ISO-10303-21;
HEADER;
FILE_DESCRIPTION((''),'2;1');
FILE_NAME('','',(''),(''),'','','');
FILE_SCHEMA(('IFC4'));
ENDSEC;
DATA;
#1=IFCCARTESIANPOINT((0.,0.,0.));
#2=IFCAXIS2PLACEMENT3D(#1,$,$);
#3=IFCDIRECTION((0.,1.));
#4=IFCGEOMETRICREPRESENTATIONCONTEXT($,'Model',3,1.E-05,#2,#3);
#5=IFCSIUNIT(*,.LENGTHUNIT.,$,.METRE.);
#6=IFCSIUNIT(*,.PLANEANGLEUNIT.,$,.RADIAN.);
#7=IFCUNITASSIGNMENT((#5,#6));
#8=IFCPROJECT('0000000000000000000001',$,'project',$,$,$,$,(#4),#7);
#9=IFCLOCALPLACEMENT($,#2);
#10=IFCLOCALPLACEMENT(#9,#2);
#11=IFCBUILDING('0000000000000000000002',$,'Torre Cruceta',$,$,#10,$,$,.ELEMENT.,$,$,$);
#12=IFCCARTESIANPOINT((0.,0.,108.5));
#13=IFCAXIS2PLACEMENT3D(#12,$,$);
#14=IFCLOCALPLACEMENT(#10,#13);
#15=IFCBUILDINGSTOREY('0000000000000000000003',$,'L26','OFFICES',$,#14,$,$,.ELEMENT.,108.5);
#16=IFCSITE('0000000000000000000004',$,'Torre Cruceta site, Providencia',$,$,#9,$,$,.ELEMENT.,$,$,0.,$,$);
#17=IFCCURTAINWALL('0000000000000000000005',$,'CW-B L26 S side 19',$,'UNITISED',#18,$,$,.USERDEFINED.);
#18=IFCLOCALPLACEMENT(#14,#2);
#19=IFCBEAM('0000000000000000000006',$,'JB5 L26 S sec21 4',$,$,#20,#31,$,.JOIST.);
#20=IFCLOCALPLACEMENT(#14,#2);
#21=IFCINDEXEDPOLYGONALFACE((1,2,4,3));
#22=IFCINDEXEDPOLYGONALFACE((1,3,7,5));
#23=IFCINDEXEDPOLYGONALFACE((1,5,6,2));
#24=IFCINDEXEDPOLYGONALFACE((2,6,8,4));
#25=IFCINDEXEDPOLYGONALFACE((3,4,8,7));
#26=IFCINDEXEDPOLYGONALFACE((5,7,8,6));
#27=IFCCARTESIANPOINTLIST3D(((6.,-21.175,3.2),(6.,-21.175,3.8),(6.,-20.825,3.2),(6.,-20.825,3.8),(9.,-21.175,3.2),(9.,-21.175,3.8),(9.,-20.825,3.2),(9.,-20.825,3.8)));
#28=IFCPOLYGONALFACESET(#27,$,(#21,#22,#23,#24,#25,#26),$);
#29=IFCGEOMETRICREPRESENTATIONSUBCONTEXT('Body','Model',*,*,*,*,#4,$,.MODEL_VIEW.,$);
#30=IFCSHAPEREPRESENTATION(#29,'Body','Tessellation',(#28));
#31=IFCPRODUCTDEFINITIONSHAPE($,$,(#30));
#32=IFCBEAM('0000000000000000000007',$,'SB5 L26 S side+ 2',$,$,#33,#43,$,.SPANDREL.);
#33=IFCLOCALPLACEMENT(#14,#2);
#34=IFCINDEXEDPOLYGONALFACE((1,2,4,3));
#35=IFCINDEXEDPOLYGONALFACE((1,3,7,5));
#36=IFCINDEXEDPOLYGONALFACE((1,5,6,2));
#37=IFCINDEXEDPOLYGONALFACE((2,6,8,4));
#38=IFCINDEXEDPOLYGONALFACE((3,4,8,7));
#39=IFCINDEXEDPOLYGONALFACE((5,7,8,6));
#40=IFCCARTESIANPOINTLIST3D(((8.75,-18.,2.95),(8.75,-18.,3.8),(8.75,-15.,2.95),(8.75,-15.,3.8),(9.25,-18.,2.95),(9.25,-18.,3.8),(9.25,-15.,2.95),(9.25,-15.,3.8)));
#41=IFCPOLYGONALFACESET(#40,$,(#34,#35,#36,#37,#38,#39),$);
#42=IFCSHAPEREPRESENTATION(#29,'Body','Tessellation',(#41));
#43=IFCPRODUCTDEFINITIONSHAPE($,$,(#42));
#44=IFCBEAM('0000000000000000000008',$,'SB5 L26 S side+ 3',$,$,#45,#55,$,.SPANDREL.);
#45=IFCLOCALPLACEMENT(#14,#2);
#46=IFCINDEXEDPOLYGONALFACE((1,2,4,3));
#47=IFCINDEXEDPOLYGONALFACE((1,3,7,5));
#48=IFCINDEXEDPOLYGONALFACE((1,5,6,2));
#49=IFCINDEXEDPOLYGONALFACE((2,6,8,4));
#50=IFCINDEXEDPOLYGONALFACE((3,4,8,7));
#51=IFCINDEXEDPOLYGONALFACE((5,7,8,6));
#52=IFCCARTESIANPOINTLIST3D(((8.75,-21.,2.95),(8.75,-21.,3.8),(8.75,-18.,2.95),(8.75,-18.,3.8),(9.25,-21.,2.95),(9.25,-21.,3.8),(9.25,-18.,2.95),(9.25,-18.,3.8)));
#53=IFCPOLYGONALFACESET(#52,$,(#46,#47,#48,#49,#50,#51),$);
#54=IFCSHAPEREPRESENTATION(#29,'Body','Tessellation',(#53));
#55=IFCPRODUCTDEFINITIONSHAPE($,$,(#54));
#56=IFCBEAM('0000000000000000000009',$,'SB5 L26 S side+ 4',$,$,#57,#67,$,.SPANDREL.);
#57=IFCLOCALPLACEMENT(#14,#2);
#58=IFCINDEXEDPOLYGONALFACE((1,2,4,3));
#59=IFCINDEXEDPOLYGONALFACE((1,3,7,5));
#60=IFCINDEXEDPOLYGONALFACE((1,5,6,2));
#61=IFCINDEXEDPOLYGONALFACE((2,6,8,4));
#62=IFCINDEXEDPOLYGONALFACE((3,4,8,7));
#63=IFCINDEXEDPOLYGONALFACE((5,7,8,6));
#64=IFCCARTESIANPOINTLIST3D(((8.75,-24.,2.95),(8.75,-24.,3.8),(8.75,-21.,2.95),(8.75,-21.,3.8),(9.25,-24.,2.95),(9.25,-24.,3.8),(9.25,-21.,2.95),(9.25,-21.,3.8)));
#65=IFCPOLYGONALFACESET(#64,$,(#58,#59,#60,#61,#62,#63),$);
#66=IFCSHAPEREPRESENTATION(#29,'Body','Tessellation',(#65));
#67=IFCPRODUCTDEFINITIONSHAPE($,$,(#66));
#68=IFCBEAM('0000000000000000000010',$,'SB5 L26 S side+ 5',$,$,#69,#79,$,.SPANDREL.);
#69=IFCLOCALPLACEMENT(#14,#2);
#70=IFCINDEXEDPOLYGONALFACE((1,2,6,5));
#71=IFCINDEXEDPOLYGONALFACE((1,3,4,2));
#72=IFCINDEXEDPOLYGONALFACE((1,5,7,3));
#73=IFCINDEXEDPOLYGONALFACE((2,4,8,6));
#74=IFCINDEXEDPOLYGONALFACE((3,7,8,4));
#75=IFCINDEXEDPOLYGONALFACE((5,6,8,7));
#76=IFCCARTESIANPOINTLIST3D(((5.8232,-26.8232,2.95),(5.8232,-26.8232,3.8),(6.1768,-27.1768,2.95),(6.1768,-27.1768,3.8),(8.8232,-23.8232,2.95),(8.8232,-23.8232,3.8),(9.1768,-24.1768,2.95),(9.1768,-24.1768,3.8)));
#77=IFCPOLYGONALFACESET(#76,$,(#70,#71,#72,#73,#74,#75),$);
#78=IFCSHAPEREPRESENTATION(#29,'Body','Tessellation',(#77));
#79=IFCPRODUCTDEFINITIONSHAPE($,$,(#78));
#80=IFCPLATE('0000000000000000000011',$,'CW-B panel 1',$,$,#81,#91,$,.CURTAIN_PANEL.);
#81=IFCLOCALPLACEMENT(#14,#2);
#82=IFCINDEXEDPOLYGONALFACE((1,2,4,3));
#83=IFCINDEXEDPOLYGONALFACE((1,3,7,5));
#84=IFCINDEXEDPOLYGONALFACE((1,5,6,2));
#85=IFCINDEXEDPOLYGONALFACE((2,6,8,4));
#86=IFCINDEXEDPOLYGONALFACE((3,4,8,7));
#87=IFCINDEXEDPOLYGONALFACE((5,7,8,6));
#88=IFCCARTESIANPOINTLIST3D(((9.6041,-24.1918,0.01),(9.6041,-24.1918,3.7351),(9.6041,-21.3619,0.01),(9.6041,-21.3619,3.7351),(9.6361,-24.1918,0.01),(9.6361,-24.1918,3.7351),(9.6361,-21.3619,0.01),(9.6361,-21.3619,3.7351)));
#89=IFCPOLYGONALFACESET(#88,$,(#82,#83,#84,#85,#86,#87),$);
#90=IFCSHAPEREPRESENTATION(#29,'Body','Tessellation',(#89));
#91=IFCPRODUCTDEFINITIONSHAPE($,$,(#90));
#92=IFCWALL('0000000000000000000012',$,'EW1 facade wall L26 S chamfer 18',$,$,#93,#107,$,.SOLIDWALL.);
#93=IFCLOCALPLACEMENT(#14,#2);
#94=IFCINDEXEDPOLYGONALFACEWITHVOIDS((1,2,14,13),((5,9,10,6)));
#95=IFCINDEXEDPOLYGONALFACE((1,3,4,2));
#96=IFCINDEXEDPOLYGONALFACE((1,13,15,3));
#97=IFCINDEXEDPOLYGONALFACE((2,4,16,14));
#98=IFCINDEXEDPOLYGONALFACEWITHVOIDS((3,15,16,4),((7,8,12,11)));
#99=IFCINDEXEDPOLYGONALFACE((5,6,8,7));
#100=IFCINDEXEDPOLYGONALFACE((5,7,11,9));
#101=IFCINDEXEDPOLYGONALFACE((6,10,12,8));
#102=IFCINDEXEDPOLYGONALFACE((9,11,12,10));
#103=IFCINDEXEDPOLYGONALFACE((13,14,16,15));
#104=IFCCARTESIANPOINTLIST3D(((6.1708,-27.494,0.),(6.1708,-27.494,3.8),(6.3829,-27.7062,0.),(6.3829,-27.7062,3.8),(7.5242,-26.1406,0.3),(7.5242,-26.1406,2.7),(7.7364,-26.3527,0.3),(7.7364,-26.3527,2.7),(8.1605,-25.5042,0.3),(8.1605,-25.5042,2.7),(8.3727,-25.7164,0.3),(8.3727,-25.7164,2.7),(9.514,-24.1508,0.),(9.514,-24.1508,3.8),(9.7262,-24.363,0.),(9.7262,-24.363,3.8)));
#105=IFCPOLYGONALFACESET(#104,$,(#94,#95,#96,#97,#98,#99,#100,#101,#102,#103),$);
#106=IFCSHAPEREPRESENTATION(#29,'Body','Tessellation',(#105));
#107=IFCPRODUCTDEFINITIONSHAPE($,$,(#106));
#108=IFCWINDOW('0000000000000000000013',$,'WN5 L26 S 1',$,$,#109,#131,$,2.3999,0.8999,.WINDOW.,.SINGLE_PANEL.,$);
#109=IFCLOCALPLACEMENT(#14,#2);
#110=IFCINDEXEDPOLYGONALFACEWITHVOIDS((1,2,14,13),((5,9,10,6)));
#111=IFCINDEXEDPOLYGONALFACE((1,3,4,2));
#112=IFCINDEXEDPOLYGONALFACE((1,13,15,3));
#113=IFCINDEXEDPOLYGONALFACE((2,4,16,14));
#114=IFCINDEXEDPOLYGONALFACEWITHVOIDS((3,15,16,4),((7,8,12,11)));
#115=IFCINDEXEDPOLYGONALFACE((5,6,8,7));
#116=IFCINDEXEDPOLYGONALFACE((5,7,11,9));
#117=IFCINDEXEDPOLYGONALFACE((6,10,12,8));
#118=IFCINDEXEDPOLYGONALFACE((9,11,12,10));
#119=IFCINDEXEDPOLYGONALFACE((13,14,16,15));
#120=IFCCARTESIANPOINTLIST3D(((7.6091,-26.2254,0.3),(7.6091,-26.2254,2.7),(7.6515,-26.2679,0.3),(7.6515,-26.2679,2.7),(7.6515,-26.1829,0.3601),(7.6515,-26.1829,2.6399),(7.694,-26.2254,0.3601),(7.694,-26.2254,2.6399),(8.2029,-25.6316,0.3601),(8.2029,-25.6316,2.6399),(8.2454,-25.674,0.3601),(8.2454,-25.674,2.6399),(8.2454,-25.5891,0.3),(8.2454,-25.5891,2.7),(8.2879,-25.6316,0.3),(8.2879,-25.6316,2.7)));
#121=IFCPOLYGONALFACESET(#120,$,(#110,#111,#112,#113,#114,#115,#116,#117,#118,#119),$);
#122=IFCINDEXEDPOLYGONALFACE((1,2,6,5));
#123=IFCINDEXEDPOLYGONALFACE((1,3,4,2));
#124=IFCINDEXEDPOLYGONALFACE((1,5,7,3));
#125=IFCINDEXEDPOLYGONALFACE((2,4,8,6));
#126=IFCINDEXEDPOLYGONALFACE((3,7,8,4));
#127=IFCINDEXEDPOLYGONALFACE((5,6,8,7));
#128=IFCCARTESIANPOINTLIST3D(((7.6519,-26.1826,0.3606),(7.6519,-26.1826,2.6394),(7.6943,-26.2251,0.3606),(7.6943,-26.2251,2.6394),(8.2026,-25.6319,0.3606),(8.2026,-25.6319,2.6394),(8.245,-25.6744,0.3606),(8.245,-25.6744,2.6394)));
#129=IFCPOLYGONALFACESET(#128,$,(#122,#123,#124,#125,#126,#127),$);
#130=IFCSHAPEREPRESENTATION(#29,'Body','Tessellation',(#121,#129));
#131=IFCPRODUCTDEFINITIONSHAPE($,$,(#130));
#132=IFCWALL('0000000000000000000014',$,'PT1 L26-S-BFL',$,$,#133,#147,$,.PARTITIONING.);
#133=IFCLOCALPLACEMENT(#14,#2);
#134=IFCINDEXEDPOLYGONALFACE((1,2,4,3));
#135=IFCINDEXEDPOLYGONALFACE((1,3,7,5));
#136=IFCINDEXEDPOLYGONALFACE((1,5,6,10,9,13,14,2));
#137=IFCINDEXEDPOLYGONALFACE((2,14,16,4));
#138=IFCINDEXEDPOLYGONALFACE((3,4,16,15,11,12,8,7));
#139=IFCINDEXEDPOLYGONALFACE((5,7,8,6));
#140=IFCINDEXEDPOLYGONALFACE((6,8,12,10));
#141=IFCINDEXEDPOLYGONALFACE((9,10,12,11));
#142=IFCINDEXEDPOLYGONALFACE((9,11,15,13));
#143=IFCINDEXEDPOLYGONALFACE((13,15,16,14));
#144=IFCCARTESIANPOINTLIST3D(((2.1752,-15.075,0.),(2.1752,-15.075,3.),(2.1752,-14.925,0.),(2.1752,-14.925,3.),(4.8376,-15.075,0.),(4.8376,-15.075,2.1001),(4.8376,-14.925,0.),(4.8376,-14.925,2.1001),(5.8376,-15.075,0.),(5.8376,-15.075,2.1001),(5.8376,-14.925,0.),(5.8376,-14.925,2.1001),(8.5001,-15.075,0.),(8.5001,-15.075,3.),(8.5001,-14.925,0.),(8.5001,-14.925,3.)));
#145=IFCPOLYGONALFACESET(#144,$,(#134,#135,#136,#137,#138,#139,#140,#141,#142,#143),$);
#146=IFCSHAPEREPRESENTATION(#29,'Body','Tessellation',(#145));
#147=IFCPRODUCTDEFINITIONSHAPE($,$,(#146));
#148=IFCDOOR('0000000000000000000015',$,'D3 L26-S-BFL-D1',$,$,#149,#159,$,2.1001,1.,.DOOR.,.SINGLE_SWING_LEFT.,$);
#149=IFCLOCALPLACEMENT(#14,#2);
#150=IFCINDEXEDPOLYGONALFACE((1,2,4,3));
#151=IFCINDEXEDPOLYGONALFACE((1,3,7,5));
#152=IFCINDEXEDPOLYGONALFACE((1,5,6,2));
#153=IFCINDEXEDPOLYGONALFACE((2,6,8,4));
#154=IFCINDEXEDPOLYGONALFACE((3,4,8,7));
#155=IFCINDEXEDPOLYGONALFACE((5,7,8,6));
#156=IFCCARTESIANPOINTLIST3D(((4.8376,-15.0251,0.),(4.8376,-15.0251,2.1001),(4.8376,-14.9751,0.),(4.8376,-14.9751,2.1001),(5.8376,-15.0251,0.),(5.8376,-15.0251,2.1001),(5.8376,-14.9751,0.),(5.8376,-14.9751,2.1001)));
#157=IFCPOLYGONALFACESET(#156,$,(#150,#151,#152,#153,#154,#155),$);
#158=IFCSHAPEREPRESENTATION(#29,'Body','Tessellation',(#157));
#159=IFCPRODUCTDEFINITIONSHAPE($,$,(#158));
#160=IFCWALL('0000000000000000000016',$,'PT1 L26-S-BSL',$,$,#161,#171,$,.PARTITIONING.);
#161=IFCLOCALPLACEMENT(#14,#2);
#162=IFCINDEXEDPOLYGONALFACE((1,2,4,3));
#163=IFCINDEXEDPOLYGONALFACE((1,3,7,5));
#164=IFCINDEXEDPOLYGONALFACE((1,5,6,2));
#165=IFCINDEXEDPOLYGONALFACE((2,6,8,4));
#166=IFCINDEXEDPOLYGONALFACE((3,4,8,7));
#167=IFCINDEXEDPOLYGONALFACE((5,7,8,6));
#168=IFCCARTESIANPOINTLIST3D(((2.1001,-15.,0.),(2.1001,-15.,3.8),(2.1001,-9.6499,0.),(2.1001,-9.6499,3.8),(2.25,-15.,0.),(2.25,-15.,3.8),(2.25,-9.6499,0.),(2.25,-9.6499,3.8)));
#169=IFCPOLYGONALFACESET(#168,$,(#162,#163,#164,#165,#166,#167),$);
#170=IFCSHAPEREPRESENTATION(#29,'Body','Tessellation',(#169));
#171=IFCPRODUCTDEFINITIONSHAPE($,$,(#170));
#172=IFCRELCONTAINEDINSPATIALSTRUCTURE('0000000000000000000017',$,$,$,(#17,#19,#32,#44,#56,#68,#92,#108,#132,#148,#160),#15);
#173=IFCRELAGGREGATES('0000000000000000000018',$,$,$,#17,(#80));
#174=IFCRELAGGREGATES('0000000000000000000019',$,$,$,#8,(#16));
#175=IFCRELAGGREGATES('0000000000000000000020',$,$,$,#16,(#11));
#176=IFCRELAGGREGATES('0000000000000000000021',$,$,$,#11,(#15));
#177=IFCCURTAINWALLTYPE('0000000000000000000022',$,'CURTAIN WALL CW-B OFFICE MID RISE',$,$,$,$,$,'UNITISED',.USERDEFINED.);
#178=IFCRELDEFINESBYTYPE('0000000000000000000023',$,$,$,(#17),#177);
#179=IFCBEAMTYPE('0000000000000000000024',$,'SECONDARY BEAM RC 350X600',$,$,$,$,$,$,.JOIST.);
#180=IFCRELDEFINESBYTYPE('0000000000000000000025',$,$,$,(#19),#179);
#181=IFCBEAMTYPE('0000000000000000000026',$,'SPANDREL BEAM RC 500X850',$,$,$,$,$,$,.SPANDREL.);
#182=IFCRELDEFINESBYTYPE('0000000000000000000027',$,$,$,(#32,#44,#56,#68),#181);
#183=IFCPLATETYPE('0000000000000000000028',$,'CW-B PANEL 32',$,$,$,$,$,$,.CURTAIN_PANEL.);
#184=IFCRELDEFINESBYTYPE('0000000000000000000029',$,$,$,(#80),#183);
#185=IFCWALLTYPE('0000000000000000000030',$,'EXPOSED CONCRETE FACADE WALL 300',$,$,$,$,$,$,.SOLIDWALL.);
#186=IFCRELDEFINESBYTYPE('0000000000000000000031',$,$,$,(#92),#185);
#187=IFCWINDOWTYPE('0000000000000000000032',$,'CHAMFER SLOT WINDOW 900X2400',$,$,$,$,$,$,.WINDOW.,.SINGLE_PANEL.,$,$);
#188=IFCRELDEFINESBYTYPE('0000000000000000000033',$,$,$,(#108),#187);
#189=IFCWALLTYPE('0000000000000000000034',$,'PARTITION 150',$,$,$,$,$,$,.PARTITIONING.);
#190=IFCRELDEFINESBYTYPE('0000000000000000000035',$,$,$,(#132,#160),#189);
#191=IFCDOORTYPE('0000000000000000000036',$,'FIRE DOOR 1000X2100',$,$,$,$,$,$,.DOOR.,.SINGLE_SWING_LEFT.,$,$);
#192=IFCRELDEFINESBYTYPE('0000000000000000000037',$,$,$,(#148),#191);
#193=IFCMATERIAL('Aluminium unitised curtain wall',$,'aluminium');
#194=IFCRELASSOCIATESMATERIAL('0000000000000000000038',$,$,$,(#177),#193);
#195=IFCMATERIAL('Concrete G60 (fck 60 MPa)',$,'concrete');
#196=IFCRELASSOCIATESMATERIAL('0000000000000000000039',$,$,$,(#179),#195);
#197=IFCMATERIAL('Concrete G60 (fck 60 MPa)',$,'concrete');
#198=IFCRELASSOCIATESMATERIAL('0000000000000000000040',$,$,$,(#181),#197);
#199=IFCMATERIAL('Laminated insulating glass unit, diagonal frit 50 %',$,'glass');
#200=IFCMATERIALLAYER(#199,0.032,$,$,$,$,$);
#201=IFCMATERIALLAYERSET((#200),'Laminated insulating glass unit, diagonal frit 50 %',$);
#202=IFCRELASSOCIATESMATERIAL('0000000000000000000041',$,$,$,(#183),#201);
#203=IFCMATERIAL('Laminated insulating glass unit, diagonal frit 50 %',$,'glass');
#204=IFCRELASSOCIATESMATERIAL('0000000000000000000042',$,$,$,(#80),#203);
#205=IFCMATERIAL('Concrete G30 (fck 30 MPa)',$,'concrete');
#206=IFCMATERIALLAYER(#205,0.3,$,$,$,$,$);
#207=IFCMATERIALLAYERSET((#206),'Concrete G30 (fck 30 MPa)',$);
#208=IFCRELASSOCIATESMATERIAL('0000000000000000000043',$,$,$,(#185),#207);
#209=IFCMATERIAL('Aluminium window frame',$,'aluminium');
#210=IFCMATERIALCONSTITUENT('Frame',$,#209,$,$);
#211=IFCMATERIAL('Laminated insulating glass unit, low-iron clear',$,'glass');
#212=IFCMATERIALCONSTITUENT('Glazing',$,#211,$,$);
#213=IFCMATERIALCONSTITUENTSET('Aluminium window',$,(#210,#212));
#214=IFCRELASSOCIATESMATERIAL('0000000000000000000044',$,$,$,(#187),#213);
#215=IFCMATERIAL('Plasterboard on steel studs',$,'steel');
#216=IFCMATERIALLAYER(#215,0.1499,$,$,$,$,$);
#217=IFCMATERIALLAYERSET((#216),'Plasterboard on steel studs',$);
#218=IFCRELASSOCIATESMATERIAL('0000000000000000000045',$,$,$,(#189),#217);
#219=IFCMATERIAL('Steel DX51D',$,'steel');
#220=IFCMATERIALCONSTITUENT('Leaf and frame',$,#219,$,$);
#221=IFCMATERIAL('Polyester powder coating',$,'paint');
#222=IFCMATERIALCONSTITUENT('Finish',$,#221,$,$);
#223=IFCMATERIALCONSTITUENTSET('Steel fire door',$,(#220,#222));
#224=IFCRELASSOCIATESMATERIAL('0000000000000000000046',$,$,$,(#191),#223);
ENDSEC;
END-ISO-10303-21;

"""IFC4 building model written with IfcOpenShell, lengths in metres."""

from ifc_helpers import new_model, si_unit, direction, frame, frame_2d, origin, origin_2d, place, context, subcontext, project, spatial, rectangle, hollow_rectangle, extrude, material, layer, layer_set, constituent, constituent_set, material_profile, profile_set, type_object, element, fill, aggregate, save


model = new_model("IFC4")

# Units and contexts
model_context = context("Model", 3, precision=1e-05, world=origin(), true_north=direction((0.0, 1.0)))
body_context = subcontext(model_context, "Body", "Model", "MODEL_VIEW")
ifc_project = project(units=[si_unit("LENGTHUNIT", "METRE"), si_unit("PLANEANGLEUNIT", "RADIAN")], contexts=[model_context])

# Site, building, storey
site_placement = place(None, origin())
site = spatial("IfcSite", under=ifc_project, at=site_placement, Name="Torre Cruceta site, Providencia", CompositionType="ELEMENT", RefElevation=0.0)
building_placement = place(site_placement, origin())
building = spatial("IfcBuilding", under=site, at=building_placement, Name="Torre Cruceta", CompositionType="ELEMENT")
storey_placement = place(building_placement, frame((0.0, 0.0, 108.5)))
storey = spatial("IfcBuildingStorey", under=building, at=storey_placement, Name="L26", Description="OFFICES", CompositionType="ELEMENT", Elevation=108.5)

# Curtain wall
ifc_material_1 = material(Name="Aluminium unitised curtain wall", Category="aluminium")
curtain_wall_type = type_object("IfcCurtainWallType", Name="CURTAIN WALL CW-B OFFICE MID RISE", ElementType="UNITISED", PredefinedType="USERDEFINED", material=ifc_material_1)
curtain_wall_placement = place(storey_placement, origin())
curtain_wall = element("IfcCurtainWall", 1, at=curtain_wall_placement, inside=storey, type_object=curtain_wall_type, Name="CW-B L26 S side 19", ObjectType="UNITISED", PredefinedType="USERDEFINED")

# Beams
ifc_material_2 = material(Name="Concrete G60 (fck 60 MPa)", Category="concrete")
ifc_material_profile_1 = material_profile(ifc_material_2, rectangle(XDim=0.3501, YDim=0.6001, at=origin_2d()), Name="RC 350X600")
ifc_profile_set_1 = profile_set([ifc_material_profile_1], Name="Concrete G60 (fck 60 MPa)")
beam_type_1 = type_object("IfcBeamType", Name="SECONDARY BEAM RC 350X600", PredefinedType="JOIST", material=ifc_profile_set_1)
beam_1_placement = place(storey_placement, frame((6.0, -21.0, 3.5), z_axis=(1.0, 0.0, 0.0), x_axis=(0.0, 1.0, 0.0)))
element("IfcBeam", 2, at=beam_1_placement, inside=storey, type_object=beam_type_1, Name="JB5 L26 S sec21 4", PredefinedType="JOIST", context=body_context, shape_type="SweptSolid", body=[
    extrude(rectangle(XDim=0.3501, YDim=0.6001, at=origin_2d()), origin(), (0.0, 0.0, 1.0), 3.0),
])
ifc_material_3 = material(Name="Concrete G60 (fck 60 MPa)", Category="concrete")
ifc_material_profile_2 = material_profile(ifc_material_3, rectangle(XDim=0.5, YDim=0.8501, at=origin_2d()), Name="RC 500X850")
ifc_profile_set_2 = profile_set([ifc_material_profile_2], Name="Concrete G60 (fck 60 MPa)")
beam_type_2 = type_object("IfcBeamType", Name="SPANDREL BEAM RC 500X850", PredefinedType="SPANDREL", material=ifc_profile_set_2)
for number, where, z_axis, x_axis, name in (
    (3, (9.0, -15.0, 3.375), (0.0, -1.0, 0.0), (1.0, 0.0, 0.0), "SB5 L26 S side+ 2"),
    (4, (9.0, -18.0, 3.375), (0.0, -1.0, 0.0), (1.0, 0.0, 0.0), "SB5 L26 S side+ 3"),
    (5, (9.0, -21.0, 3.375), (0.0, -1.0, 0.0), (1.0, 0.0, 0.0), "SB5 L26 S side+ 4"),
):
    element("IfcBeam", number, at=place(storey_placement, frame(where, z_axis=z_axis, x_axis=x_axis)), inside=storey, type_object=beam_type_2, Name=name, PredefinedType="SPANDREL", context=body_context, shape_type="SweptSolid", body=[
        extrude(rectangle(XDim=0.5, YDim=0.8501, at=origin_2d()), origin(), (0.0, 0.0, 1.0), 3.0),
    ])
beam_2_placement = place(storey_placement, frame((9.0, -24.0, 3.375), z_axis=(-0.707107, -0.707107, 0.0), x_axis=(0.707107, -0.707107, 0.0)))
element("IfcBeam", 6, at=beam_2_placement, inside=storey, type_object=beam_type_2, Name="SB5 L26 S side+ 5", PredefinedType="SPANDREL", context=body_context, shape_type="SweptSolid", body=[
    extrude(rectangle(XDim=0.5, YDim=0.8501, at=origin_2d()), origin(), (0.0, 0.0, 1.0), 4.2427),
])

# Plate
ifc_material_4 = material(Name="Laminated insulating glass unit, diagonal frit 50 %", Category="glass")
ifc_material_5 = material(Name="Laminated insulating glass unit, diagonal frit 50 %", Category="glass")
ifc_layer_1 = layer(ifc_material_5, 0.032)
ifc_layer_set_1 = layer_set([ifc_layer_1], Name="Laminated insulating glass unit, diagonal frit 50 %")
plate_type = type_object("IfcPlateType", Name="CW-B PANEL 32", PredefinedType="CURTAIN_PANEL", material=ifc_layer_set_1)
plate_placement = place(storey_placement, frame((9.6201, -22.7769, 0.01), z_axis=(0.0, 0.0, 1.0), x_axis=(0.0, 1.0, 0.0)))
plate = element("IfcPlate", 7, at=plate_placement, type_object=plate_type, material=ifc_material_4, Name="CW-B panel 1", PredefinedType="CURTAIN_PANEL", context=body_context, shape_type="SweptSolid", body=[
    extrude(rectangle(XDim=2.8298, YDim=0.032, at=origin_2d()), origin(), (0.0, 0.0, 1.0), 3.7251),
])
aggregate(curtain_wall, [plate])

# Wall, opening, window
ifc_material_6 = material(Name="Concrete G30 (fck 30 MPa)", Category="concrete")
ifc_layer_2 = layer(ifc_material_6, 0.3)
ifc_layer_set_2 = layer_set([ifc_layer_2], Name="Concrete G30 (fck 30 MPa)")
wall_type_1 = type_object("IfcWallType", Name="EXPOSED CONCRETE FACADE WALL 300", PredefinedType="SOLIDWALL", material=ifc_layer_set_2)
wall_1_placement = place(storey_placement, frame((6.2769, -27.6001, 0.0), z_axis=(0.0, 0.0, 1.0), x_axis=(0.707107, 0.707107, 0.0)))
wall_1 = element("IfcWall", 8, at=wall_1_placement, inside=storey, type_object=wall_type_1, Name="EW1 facade wall L26 S chamfer 18", PredefinedType="SOLIDWALL", context=body_context, shape_type="SweptSolid", body=[
    extrude(rectangle(XDim=4.728, YDim=0.3, at=frame_2d((2.364, 0.0))), origin(), (0.0, 0.0, 1.0), 3.8),
])
opening_1_placement = place(wall_1_placement, frame((1.9141, 0.0, 0.3)))
opening_1 = element("IfcOpeningElement", 9, at=opening_1_placement, cuts=wall_1, PredefinedType="OPENING", context=body_context, shape_type="SweptSolid", body=[
    extrude(rectangle(XDim=0.8999, YDim=2.3999, at=frame_2d((0.45, 1.2))), frame((0.0, 0.1599, 0.0), z_axis=(0.0, -1.0, 0.0), x_axis=(1.0, 0.0, 0.0)), (0.0, 0.0, 1.0), 0.3201),
])
ifc_material_7 = material(Name="Aluminium window frame", Category="aluminium")
ifc_constituent_1 = constituent(ifc_material_7, Name="Frame")
ifc_material_8 = material(Name="Laminated insulating glass unit, low-iron clear", Category="glass")
ifc_constituent_2 = constituent(ifc_material_8, Name="Glazing")
ifc_constituent_set_1 = constituent_set(constituents=[ifc_constituent_1, ifc_constituent_2], Name="Aluminium window")
window_type = type_object("IfcWindowType", Name="CHAMFER SLOT WINDOW 900X2400", PartitioningType="SINGLE_PANEL", PredefinedType="WINDOW", material=ifc_constituent_set_1)
window_placement = place(opening_1_placement, origin())
window = element("IfcWindow", 10, at=window_placement, inside=storey, type_object=window_type, Name="WN5 L26 S 1", OverallHeight=2.3999, OverallWidth=0.8999, PartitioningType="SINGLE_PANEL", PredefinedType="WINDOW", context=body_context, shape_type="SweptSolid", body=[
    extrude(hollow_rectangle(XDim=0.8999, YDim=2.3999, WallThickness=0.0601, at=frame_2d((0.45, 1.2))), frame((0.0, 0.03, 0.0), z_axis=(0.0, -1.0, 0.0), x_axis=(1.0, 0.0, 0.0)), (0.0, 0.0, 1.0), 0.0601),
    extrude(rectangle(XDim=0.7788, YDim=2.2788, at=frame_2d((0.45, 1.2))), frame((0.0, 0.03, 0.0), z_axis=(0.0, -1.0, 0.0), x_axis=(1.0, 0.0, 0.0)), (0.0, 0.0, 1.0), 0.0601),
])
fill(opening_1, window)

# Wall, opening, door
ifc_material_9 = material(Name="Plasterboard on steel studs", Category="steel")
ifc_layer_3 = layer(ifc_material_9, 0.1499)
ifc_layer_set_3 = layer_set([ifc_layer_3], Name="Plasterboard on steel studs")
wall_type_2 = type_object("IfcWallType", Name="PARTITION 150", PredefinedType="PARTITIONING", material=ifc_layer_set_3)
wall_2_placement = place(storey_placement, frame((2.175, -15.0, 0.0), z_axis=(0.0, 0.0, 1.0), x_axis=(1.0, 0.0, 0.0)))
wall_2 = element("IfcWall", 11, at=wall_2_placement, inside=storey, type_object=wall_type_2, Name="PT1 L26-S-BFL", PredefinedType="PARTITIONING", context=body_context, shape_type="SweptSolid", body=[
    extrude(rectangle(XDim=6.325, YDim=0.1499, at=frame_2d((3.1626, 0.0))), origin(), (0.0, 0.0, 1.0), 3.0),
])
opening_2_placement = place(wall_2_placement, frame((2.6626, 0.0, 0.0)))
opening_2 = element("IfcOpeningElement", 12, at=opening_2_placement, cuts=wall_2, PredefinedType="OPENING", context=body_context, shape_type="SweptSolid", body=[
    extrude(rectangle(XDim=1.0, YDim=2.1001, at=frame_2d((0.5, 1.05))), frame((0.0, 0.085, 0.0), z_axis=(0.0, -1.0, 0.0), x_axis=(1.0, 0.0, 0.0)), (0.0, 0.0, 1.0), 0.1699),
])
ifc_material_10 = material(Name="Steel DX51D", Category="steel")
ifc_constituent_3 = constituent(ifc_material_10, Name="Leaf and frame")
ifc_material_11 = material(Name="Polyester powder coating", Category="paint")
ifc_constituent_4 = constituent(ifc_material_11, Name="Finish")
ifc_constituent_set_2 = constituent_set(constituents=[ifc_constituent_3, ifc_constituent_4], Name="Steel fire door")
door_type = type_object("IfcDoorType", Name="FIRE DOOR 1000X2100", OperationType="SINGLE_SWING_LEFT", PredefinedType="DOOR", material=ifc_constituent_set_2)
door_placement = place(opening_2_placement, origin())
door = element("IfcDoor", 13, at=door_placement, inside=storey, type_object=door_type, Name="D3 L26-S-BFL-D1", OperationType="SINGLE_SWING_LEFT", OverallHeight=2.1001, OverallWidth=1.0, PredefinedType="DOOR", context=body_context, shape_type="SweptSolid", body=[
    extrude(rectangle(XDim=1.0, YDim=2.1001, at=frame_2d((0.5, 1.05))), frame((0.0, 0.0249, 0.0), z_axis=(0.0, -1.0, 0.0), x_axis=(1.0, 0.0, 0.0)), (0.0, 0.0, 1.0), 0.05),
])
fill(opening_2, door)

# Wall
wall_3_placement = place(storey_placement, frame((2.175, -9.6499, 0.0), z_axis=(0.0, 0.0, 1.0), x_axis=(0.0, -1.0, 0.0)))
element("IfcWall", 14, at=wall_3_placement, inside=storey, type_object=wall_type_2, Name="PT1 L26-S-BSL", PredefinedType="PARTITIONING", context=body_context, shape_type="SweptSolid", body=[
    extrude(rectangle(XDim=5.3501, YDim=0.1499, at=frame_2d((2.675, 0.0))), origin(), (0.0, 0.0, 1.0), 3.8),
])

save(model, "model.ifc")
